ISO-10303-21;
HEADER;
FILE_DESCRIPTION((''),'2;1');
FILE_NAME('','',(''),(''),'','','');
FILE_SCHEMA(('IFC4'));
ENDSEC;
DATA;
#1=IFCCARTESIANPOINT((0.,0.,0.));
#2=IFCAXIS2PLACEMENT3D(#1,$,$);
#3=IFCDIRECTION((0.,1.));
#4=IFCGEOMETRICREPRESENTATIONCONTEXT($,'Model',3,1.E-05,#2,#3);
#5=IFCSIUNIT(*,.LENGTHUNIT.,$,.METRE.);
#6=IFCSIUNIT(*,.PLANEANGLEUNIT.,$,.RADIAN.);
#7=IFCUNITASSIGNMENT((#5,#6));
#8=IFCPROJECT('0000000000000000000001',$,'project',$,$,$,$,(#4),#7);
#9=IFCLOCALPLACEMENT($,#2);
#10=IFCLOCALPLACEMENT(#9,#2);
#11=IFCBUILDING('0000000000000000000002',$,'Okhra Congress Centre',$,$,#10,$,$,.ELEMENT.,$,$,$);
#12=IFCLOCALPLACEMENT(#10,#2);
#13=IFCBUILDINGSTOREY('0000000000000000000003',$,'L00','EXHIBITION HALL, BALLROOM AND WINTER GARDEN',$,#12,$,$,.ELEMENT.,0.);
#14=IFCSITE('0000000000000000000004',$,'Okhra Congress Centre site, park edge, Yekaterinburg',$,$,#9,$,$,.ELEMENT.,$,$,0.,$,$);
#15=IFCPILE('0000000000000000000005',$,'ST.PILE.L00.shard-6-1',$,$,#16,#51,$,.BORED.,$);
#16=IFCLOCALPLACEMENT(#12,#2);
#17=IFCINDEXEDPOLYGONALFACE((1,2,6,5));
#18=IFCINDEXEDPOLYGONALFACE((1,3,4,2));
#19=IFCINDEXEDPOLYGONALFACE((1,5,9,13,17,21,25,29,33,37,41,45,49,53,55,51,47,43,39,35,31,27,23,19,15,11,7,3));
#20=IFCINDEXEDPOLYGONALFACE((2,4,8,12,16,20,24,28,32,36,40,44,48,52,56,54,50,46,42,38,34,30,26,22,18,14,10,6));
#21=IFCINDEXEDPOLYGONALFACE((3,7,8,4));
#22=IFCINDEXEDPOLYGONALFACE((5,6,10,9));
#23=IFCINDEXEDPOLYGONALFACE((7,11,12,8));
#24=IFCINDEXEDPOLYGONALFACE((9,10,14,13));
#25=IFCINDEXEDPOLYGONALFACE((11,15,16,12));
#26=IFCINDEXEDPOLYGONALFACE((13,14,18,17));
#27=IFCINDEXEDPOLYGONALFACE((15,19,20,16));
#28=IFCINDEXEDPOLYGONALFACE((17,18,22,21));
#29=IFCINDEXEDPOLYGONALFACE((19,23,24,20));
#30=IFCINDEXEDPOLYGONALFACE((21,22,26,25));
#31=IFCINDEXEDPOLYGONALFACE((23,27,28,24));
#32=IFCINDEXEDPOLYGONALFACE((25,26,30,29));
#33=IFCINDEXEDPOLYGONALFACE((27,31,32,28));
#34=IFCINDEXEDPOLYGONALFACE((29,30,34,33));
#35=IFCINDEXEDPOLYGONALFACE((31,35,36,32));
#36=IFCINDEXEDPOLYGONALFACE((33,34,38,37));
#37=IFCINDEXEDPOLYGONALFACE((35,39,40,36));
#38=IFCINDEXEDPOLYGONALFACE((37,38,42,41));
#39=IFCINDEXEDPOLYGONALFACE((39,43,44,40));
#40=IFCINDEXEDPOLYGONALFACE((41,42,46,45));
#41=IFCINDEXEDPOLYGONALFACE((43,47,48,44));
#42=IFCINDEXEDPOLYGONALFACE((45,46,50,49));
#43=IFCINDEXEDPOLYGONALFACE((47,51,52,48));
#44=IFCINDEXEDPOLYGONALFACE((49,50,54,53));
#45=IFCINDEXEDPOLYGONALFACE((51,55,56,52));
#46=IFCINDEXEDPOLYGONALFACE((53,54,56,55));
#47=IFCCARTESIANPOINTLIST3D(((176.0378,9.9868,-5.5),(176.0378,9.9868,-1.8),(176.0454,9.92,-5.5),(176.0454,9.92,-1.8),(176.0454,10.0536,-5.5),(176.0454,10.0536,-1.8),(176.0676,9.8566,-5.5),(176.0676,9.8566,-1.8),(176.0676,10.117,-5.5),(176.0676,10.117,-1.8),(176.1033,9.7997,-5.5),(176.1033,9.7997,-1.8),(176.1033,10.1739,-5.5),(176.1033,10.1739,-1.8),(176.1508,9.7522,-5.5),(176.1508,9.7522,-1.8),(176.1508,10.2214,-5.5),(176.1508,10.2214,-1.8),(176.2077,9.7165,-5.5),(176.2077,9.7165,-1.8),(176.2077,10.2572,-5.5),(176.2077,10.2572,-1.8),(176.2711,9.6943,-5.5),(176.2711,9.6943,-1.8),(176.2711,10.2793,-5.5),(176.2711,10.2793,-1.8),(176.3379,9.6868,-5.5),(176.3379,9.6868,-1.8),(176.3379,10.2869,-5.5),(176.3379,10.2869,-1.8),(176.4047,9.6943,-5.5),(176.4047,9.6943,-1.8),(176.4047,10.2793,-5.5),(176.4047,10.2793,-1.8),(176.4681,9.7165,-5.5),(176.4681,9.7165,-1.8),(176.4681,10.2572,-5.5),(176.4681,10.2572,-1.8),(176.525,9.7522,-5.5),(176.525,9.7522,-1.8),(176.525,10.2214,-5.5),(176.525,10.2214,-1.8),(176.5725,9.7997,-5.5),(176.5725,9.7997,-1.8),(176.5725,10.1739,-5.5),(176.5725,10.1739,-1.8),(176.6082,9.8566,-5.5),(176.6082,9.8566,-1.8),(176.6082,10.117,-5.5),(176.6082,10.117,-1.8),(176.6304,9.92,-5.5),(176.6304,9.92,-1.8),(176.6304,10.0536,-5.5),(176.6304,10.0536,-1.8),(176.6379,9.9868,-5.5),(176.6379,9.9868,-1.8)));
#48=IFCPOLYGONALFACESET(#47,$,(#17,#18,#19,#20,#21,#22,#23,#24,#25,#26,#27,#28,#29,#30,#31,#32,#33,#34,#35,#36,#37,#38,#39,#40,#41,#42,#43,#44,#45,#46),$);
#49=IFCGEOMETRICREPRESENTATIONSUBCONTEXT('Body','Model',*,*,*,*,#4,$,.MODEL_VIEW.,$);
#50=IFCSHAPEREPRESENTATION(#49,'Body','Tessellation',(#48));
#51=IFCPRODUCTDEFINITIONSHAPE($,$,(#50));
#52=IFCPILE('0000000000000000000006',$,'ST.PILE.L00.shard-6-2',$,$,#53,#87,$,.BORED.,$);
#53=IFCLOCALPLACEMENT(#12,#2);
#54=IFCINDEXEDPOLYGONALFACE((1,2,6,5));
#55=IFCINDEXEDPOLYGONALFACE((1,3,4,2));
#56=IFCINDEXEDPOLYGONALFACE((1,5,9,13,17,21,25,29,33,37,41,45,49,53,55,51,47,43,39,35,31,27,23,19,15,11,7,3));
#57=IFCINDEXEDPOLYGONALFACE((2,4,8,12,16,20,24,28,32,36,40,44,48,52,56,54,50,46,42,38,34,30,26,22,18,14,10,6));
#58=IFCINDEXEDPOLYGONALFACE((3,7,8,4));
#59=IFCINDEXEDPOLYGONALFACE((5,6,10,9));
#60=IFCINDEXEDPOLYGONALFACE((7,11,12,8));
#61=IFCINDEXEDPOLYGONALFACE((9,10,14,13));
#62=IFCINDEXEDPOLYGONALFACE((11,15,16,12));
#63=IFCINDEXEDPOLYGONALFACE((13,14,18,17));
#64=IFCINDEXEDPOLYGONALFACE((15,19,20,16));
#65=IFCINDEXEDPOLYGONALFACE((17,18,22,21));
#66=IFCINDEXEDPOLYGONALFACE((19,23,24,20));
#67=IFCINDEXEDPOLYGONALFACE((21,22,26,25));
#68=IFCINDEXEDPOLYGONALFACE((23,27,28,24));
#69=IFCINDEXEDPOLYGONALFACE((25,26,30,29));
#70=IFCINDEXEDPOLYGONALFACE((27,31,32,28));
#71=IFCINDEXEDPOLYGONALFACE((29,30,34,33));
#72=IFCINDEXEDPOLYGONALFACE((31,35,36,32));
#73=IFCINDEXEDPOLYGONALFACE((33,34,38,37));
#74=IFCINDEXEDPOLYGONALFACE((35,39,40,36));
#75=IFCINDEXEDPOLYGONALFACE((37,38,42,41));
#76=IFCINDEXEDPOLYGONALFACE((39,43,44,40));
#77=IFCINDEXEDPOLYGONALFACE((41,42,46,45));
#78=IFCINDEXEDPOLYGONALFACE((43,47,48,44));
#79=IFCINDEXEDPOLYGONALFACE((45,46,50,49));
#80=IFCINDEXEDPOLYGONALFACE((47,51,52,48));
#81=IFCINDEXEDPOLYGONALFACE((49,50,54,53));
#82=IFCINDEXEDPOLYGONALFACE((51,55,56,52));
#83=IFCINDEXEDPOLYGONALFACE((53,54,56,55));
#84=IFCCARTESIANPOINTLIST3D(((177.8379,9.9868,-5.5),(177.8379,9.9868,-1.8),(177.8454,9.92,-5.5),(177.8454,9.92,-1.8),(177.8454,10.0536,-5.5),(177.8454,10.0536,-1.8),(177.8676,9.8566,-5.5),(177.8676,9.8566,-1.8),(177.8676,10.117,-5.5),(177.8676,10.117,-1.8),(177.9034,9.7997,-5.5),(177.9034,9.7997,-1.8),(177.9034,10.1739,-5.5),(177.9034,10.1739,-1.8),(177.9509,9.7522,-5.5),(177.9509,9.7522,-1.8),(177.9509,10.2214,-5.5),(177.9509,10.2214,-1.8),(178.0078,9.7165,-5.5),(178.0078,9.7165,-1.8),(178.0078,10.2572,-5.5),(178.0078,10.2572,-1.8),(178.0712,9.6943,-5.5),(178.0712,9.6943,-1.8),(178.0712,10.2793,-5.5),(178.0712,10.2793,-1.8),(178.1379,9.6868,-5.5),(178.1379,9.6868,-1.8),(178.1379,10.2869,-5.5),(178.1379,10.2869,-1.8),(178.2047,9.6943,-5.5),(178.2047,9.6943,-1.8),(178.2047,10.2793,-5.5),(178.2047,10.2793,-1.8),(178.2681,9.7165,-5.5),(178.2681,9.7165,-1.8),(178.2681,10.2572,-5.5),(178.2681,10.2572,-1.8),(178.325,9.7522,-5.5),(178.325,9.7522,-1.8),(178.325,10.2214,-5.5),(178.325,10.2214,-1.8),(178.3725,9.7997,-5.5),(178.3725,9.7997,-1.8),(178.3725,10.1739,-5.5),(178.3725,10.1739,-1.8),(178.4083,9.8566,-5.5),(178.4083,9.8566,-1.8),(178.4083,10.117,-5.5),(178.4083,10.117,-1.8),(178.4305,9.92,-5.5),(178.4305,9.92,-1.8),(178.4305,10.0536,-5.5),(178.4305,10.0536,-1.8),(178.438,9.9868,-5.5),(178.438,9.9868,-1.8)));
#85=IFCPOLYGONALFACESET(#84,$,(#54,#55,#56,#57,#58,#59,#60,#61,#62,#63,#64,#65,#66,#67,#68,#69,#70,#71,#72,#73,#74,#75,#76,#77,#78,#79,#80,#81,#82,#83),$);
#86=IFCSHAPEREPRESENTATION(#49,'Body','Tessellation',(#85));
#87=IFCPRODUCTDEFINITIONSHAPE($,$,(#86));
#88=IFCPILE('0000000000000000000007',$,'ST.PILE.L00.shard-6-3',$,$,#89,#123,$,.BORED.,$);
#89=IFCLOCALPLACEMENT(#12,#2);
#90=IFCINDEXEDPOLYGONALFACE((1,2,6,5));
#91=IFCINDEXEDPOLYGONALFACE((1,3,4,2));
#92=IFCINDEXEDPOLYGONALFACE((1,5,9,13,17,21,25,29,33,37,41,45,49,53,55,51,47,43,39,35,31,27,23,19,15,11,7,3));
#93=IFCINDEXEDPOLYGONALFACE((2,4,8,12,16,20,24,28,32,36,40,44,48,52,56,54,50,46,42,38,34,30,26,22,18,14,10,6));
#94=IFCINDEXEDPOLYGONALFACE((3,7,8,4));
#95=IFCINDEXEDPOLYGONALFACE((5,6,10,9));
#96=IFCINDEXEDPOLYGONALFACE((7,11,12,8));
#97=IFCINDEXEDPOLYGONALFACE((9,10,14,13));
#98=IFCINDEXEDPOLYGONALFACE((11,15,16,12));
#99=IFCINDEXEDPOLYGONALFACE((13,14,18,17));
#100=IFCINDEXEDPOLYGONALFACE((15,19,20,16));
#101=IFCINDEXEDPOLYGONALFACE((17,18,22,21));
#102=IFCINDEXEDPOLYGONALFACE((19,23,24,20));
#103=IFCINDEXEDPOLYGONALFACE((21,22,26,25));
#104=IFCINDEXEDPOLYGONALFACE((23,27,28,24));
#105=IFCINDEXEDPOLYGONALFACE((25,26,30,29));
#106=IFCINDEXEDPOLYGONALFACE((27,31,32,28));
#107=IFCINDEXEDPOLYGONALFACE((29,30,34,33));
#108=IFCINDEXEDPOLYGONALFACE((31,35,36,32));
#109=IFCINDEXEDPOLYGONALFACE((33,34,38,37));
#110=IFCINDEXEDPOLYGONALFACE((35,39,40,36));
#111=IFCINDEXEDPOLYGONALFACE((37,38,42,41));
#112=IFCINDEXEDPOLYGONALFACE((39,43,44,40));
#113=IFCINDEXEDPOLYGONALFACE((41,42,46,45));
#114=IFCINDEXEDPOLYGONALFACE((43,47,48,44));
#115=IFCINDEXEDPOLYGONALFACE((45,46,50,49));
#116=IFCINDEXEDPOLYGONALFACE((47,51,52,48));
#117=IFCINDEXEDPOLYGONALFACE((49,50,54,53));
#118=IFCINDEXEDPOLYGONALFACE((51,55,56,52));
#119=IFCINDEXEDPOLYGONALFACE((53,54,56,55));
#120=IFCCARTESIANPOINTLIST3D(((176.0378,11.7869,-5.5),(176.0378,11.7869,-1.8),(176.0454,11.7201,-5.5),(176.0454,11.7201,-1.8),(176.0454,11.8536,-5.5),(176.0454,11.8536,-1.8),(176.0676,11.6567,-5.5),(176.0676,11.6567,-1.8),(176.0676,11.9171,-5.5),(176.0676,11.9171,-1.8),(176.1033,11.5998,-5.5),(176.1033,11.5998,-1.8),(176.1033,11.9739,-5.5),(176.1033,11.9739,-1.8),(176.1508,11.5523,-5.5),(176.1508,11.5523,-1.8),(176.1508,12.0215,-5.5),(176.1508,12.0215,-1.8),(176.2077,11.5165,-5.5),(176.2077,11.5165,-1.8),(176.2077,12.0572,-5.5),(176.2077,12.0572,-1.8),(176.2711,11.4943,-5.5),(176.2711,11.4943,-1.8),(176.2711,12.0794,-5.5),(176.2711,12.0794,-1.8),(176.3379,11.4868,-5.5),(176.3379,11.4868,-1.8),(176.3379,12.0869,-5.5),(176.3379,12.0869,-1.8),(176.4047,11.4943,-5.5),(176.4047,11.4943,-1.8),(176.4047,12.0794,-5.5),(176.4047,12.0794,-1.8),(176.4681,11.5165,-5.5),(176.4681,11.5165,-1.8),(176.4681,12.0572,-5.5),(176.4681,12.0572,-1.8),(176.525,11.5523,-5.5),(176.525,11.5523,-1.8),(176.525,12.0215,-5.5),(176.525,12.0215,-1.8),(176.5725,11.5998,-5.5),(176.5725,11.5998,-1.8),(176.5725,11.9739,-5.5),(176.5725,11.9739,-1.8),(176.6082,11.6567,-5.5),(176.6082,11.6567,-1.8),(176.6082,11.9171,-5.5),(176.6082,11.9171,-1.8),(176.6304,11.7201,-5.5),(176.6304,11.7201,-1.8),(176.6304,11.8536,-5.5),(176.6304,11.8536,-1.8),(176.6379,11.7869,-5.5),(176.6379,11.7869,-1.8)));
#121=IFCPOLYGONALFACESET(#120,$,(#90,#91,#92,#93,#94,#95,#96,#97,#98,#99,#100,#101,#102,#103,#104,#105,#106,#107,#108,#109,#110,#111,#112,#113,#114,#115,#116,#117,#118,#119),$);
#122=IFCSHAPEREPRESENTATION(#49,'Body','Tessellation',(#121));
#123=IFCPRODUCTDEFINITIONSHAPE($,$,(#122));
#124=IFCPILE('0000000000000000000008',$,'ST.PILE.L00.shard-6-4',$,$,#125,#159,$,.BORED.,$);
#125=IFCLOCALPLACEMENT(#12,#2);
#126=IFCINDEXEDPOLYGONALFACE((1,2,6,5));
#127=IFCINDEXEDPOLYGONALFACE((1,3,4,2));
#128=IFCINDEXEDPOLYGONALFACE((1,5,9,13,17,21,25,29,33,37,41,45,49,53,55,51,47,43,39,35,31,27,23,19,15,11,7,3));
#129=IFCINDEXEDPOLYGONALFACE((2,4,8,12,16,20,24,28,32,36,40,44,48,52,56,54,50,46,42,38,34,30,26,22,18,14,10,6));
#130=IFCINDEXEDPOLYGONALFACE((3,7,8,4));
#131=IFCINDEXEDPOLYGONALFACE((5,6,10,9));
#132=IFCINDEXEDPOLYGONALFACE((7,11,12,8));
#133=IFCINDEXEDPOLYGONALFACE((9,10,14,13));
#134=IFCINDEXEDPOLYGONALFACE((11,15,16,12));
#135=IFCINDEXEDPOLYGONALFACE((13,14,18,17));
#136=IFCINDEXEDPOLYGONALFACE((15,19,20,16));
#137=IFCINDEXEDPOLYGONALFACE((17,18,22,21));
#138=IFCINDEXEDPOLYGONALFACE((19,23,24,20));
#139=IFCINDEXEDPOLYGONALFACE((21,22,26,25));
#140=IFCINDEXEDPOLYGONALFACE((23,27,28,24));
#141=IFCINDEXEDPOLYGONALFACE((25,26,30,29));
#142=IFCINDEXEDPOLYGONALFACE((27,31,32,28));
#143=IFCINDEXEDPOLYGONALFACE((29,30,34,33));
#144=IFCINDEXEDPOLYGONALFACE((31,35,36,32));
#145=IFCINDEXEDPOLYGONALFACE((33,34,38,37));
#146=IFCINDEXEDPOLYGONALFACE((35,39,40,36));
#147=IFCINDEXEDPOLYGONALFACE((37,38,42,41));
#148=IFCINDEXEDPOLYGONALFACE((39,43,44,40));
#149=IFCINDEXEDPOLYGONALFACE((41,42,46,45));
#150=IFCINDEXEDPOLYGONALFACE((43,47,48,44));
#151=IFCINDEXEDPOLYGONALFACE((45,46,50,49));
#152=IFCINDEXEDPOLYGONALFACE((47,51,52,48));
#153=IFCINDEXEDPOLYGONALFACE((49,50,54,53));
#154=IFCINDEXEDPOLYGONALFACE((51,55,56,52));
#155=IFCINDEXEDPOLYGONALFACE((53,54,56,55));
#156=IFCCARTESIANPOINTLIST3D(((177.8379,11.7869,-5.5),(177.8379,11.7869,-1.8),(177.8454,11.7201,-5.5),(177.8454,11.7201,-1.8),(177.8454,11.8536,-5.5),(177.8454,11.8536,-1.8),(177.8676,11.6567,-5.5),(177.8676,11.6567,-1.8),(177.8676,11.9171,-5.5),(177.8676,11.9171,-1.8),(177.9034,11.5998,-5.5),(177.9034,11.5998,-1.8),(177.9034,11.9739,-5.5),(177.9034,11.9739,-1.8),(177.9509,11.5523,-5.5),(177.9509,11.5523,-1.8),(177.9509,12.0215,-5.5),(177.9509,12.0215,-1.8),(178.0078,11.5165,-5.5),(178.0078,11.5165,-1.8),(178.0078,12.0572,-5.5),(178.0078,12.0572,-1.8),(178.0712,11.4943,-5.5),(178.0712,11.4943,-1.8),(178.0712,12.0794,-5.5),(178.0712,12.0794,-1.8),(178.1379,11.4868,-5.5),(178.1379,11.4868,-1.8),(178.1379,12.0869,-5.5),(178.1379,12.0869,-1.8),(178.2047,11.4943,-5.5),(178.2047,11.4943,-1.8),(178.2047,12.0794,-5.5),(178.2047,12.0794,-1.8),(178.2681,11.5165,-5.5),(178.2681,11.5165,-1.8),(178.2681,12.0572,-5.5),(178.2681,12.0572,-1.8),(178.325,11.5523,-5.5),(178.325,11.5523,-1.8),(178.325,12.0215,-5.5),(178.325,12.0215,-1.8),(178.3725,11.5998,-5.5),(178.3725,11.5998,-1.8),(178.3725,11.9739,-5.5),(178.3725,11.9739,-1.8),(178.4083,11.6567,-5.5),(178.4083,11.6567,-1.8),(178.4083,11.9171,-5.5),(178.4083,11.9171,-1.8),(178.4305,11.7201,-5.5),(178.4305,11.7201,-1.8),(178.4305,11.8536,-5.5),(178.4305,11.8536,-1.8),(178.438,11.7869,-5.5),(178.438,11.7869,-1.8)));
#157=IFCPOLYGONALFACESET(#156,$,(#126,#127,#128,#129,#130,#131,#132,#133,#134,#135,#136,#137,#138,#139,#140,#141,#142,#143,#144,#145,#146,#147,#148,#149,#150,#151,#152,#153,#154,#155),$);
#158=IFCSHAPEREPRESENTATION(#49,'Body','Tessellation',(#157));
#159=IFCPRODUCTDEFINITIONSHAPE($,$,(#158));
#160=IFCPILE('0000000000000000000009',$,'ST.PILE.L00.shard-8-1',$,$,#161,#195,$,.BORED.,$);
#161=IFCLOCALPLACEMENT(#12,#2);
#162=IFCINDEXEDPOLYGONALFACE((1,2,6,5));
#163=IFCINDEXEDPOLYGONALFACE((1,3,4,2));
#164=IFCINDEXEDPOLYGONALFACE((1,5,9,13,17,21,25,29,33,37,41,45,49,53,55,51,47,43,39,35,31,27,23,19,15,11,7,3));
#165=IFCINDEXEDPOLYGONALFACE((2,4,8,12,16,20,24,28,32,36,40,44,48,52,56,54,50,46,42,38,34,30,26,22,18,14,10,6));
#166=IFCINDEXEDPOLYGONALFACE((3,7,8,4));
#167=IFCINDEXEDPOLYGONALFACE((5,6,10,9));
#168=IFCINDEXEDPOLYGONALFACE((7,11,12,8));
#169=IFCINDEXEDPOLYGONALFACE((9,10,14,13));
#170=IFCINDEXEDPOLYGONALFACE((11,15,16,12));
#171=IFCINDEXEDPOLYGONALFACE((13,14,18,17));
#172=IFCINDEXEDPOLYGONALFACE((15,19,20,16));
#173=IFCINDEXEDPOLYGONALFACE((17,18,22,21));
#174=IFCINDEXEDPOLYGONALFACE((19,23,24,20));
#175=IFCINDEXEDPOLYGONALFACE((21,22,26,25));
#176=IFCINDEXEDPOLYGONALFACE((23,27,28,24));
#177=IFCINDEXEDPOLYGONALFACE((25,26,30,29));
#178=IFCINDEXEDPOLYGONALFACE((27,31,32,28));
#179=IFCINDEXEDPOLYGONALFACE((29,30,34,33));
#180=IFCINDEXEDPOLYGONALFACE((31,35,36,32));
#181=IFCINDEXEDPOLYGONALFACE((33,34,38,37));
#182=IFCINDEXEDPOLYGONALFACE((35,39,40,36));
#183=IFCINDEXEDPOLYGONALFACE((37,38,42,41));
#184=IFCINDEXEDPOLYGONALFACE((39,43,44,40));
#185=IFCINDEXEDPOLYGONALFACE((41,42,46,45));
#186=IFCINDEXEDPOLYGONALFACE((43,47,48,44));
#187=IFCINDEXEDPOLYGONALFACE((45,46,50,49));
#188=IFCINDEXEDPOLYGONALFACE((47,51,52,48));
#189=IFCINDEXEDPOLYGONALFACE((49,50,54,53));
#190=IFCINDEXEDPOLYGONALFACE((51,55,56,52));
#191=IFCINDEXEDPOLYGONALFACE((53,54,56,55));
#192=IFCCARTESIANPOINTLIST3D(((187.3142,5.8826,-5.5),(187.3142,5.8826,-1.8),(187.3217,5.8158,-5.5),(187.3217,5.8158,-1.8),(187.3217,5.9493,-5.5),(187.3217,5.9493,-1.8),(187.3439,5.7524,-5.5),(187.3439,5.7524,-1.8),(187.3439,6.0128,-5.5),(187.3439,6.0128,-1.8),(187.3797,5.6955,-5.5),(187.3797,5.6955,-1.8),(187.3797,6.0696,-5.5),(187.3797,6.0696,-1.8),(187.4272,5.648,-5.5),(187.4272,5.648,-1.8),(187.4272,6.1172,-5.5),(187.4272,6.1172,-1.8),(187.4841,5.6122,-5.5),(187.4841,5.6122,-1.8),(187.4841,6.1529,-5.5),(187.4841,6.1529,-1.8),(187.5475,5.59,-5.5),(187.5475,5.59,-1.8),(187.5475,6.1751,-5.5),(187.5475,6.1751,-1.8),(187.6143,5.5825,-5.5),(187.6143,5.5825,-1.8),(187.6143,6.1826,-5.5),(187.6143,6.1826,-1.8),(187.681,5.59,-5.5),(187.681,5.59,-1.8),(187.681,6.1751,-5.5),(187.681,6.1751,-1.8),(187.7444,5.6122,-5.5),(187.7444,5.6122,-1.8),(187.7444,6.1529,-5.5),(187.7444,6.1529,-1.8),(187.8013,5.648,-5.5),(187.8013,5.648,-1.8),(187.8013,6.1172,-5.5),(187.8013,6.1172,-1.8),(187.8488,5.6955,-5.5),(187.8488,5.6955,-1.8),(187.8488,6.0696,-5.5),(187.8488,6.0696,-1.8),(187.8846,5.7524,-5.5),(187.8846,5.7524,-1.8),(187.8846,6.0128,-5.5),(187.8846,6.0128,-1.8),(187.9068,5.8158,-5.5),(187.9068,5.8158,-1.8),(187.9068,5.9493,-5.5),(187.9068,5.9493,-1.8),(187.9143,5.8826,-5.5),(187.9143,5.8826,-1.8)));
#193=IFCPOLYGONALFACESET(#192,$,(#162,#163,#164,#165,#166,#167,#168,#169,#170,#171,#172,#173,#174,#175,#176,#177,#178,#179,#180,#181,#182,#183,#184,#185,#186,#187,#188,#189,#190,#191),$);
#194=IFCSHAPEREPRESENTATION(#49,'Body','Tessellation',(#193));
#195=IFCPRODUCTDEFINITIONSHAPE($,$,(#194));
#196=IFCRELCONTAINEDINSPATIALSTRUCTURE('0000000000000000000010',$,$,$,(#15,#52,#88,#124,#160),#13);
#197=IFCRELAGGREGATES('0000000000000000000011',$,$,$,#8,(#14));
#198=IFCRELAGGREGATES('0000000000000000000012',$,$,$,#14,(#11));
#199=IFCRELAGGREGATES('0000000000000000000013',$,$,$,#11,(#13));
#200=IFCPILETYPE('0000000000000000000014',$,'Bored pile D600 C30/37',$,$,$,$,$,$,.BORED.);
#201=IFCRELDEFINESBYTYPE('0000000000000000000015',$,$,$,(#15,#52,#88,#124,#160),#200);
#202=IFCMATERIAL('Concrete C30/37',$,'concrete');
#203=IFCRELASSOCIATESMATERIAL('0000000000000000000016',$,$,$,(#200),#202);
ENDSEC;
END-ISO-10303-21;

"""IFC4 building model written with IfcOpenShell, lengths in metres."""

from ifc_helpers import new_model, si_unit, direction, frame, origin, origin_2d, place, context, subcontext, project, spatial, circle, extrude, material, material_profile, profile_set, type_object, element, save


model = new_model("IFC4")

# Units and contexts
model_context = context("Model", 3, precision=1e-05, world=origin(), true_north=direction((0.0, 1.0)))
body_context = subcontext(model_context, "Body", "Model", "MODEL_VIEW")
ifc_project = project(units=[si_unit("LENGTHUNIT", "METRE"), si_unit("PLANEANGLEUNIT", "RADIAN")], contexts=[model_context])

# Site, building, storey
site_placement = place(None, origin())
site = spatial("IfcSite", under=ifc_project, at=site_placement, Name="Okhra Congress Centre site, park edge, Yekaterinburg", CompositionType="ELEMENT", RefElevation=0.0)
building_placement = place(site_placement, origin())
building = spatial("IfcBuilding", under=site, at=building_placement, Name="Okhra Congress Centre", CompositionType="ELEMENT")
storey_placement = place(building_placement, origin())
storey = spatial("IfcBuildingStorey", under=building, at=storey_placement, Name="L00", Description="EXHIBITION HALL, BALLROOM AND WINTER GARDEN", CompositionType="ELEMENT", Elevation=0.0)

# Piles
ifc_material_1 = material(Name="Concrete C30/37", Category="concrete")
ifc_material_profile_1 = material_profile(ifc_material_1, circle(Radius=0.3, at=origin_2d()), Name="D600")
ifc_profile_set_1 = profile_set([ifc_material_profile_1], Name="Concrete C30/37")
pile_type = type_object("IfcPileType", Name="Bored pile D600 C30/37", PredefinedType="BORED", material=ifc_profile_set_1)
for number, where, z_axis, x_axis, name in (
    (1, (176.3379, 9.9868, -1.8), (0.0, 0.0, -1.0), (1.0, 0.0, 0.0), "ST.PILE.L00.shard-6-1"),
    (2, (178.1379, 9.9868, -1.8), (0.0, 0.0, -1.0), (1.0, 0.0, 0.0), "ST.PILE.L00.shard-6-2"),
    (3, (176.3379, 11.7869, -1.8), (0.0, 0.0, -1.0), (1.0, 0.0, 0.0), "ST.PILE.L00.shard-6-3"),
    (4, (178.1379, 11.7869, -1.8), (0.0, 0.0, -1.0), (1.0, 0.0, 0.0), "ST.PILE.L00.shard-6-4"),
    (5, (187.6143, 5.8826, -1.8), (0.0, 0.0, -1.0), (1.0, 0.0, 0.0), "ST.PILE.L00.shard-8-1"),
):
    element("IfcPile", number, at=place(storey_placement, frame(where, z_axis=z_axis, x_axis=x_axis)), inside=storey, type_object=pile_type, Name=name, PredefinedType="BORED", context=body_context, shape_type="SweptSolid", body=[
        extrude(circle(Radius=0.3, at=origin_2d()), origin(), (0.0, 0.0, 1.0), 3.7),
    ])

save(model, "model.ifc")
